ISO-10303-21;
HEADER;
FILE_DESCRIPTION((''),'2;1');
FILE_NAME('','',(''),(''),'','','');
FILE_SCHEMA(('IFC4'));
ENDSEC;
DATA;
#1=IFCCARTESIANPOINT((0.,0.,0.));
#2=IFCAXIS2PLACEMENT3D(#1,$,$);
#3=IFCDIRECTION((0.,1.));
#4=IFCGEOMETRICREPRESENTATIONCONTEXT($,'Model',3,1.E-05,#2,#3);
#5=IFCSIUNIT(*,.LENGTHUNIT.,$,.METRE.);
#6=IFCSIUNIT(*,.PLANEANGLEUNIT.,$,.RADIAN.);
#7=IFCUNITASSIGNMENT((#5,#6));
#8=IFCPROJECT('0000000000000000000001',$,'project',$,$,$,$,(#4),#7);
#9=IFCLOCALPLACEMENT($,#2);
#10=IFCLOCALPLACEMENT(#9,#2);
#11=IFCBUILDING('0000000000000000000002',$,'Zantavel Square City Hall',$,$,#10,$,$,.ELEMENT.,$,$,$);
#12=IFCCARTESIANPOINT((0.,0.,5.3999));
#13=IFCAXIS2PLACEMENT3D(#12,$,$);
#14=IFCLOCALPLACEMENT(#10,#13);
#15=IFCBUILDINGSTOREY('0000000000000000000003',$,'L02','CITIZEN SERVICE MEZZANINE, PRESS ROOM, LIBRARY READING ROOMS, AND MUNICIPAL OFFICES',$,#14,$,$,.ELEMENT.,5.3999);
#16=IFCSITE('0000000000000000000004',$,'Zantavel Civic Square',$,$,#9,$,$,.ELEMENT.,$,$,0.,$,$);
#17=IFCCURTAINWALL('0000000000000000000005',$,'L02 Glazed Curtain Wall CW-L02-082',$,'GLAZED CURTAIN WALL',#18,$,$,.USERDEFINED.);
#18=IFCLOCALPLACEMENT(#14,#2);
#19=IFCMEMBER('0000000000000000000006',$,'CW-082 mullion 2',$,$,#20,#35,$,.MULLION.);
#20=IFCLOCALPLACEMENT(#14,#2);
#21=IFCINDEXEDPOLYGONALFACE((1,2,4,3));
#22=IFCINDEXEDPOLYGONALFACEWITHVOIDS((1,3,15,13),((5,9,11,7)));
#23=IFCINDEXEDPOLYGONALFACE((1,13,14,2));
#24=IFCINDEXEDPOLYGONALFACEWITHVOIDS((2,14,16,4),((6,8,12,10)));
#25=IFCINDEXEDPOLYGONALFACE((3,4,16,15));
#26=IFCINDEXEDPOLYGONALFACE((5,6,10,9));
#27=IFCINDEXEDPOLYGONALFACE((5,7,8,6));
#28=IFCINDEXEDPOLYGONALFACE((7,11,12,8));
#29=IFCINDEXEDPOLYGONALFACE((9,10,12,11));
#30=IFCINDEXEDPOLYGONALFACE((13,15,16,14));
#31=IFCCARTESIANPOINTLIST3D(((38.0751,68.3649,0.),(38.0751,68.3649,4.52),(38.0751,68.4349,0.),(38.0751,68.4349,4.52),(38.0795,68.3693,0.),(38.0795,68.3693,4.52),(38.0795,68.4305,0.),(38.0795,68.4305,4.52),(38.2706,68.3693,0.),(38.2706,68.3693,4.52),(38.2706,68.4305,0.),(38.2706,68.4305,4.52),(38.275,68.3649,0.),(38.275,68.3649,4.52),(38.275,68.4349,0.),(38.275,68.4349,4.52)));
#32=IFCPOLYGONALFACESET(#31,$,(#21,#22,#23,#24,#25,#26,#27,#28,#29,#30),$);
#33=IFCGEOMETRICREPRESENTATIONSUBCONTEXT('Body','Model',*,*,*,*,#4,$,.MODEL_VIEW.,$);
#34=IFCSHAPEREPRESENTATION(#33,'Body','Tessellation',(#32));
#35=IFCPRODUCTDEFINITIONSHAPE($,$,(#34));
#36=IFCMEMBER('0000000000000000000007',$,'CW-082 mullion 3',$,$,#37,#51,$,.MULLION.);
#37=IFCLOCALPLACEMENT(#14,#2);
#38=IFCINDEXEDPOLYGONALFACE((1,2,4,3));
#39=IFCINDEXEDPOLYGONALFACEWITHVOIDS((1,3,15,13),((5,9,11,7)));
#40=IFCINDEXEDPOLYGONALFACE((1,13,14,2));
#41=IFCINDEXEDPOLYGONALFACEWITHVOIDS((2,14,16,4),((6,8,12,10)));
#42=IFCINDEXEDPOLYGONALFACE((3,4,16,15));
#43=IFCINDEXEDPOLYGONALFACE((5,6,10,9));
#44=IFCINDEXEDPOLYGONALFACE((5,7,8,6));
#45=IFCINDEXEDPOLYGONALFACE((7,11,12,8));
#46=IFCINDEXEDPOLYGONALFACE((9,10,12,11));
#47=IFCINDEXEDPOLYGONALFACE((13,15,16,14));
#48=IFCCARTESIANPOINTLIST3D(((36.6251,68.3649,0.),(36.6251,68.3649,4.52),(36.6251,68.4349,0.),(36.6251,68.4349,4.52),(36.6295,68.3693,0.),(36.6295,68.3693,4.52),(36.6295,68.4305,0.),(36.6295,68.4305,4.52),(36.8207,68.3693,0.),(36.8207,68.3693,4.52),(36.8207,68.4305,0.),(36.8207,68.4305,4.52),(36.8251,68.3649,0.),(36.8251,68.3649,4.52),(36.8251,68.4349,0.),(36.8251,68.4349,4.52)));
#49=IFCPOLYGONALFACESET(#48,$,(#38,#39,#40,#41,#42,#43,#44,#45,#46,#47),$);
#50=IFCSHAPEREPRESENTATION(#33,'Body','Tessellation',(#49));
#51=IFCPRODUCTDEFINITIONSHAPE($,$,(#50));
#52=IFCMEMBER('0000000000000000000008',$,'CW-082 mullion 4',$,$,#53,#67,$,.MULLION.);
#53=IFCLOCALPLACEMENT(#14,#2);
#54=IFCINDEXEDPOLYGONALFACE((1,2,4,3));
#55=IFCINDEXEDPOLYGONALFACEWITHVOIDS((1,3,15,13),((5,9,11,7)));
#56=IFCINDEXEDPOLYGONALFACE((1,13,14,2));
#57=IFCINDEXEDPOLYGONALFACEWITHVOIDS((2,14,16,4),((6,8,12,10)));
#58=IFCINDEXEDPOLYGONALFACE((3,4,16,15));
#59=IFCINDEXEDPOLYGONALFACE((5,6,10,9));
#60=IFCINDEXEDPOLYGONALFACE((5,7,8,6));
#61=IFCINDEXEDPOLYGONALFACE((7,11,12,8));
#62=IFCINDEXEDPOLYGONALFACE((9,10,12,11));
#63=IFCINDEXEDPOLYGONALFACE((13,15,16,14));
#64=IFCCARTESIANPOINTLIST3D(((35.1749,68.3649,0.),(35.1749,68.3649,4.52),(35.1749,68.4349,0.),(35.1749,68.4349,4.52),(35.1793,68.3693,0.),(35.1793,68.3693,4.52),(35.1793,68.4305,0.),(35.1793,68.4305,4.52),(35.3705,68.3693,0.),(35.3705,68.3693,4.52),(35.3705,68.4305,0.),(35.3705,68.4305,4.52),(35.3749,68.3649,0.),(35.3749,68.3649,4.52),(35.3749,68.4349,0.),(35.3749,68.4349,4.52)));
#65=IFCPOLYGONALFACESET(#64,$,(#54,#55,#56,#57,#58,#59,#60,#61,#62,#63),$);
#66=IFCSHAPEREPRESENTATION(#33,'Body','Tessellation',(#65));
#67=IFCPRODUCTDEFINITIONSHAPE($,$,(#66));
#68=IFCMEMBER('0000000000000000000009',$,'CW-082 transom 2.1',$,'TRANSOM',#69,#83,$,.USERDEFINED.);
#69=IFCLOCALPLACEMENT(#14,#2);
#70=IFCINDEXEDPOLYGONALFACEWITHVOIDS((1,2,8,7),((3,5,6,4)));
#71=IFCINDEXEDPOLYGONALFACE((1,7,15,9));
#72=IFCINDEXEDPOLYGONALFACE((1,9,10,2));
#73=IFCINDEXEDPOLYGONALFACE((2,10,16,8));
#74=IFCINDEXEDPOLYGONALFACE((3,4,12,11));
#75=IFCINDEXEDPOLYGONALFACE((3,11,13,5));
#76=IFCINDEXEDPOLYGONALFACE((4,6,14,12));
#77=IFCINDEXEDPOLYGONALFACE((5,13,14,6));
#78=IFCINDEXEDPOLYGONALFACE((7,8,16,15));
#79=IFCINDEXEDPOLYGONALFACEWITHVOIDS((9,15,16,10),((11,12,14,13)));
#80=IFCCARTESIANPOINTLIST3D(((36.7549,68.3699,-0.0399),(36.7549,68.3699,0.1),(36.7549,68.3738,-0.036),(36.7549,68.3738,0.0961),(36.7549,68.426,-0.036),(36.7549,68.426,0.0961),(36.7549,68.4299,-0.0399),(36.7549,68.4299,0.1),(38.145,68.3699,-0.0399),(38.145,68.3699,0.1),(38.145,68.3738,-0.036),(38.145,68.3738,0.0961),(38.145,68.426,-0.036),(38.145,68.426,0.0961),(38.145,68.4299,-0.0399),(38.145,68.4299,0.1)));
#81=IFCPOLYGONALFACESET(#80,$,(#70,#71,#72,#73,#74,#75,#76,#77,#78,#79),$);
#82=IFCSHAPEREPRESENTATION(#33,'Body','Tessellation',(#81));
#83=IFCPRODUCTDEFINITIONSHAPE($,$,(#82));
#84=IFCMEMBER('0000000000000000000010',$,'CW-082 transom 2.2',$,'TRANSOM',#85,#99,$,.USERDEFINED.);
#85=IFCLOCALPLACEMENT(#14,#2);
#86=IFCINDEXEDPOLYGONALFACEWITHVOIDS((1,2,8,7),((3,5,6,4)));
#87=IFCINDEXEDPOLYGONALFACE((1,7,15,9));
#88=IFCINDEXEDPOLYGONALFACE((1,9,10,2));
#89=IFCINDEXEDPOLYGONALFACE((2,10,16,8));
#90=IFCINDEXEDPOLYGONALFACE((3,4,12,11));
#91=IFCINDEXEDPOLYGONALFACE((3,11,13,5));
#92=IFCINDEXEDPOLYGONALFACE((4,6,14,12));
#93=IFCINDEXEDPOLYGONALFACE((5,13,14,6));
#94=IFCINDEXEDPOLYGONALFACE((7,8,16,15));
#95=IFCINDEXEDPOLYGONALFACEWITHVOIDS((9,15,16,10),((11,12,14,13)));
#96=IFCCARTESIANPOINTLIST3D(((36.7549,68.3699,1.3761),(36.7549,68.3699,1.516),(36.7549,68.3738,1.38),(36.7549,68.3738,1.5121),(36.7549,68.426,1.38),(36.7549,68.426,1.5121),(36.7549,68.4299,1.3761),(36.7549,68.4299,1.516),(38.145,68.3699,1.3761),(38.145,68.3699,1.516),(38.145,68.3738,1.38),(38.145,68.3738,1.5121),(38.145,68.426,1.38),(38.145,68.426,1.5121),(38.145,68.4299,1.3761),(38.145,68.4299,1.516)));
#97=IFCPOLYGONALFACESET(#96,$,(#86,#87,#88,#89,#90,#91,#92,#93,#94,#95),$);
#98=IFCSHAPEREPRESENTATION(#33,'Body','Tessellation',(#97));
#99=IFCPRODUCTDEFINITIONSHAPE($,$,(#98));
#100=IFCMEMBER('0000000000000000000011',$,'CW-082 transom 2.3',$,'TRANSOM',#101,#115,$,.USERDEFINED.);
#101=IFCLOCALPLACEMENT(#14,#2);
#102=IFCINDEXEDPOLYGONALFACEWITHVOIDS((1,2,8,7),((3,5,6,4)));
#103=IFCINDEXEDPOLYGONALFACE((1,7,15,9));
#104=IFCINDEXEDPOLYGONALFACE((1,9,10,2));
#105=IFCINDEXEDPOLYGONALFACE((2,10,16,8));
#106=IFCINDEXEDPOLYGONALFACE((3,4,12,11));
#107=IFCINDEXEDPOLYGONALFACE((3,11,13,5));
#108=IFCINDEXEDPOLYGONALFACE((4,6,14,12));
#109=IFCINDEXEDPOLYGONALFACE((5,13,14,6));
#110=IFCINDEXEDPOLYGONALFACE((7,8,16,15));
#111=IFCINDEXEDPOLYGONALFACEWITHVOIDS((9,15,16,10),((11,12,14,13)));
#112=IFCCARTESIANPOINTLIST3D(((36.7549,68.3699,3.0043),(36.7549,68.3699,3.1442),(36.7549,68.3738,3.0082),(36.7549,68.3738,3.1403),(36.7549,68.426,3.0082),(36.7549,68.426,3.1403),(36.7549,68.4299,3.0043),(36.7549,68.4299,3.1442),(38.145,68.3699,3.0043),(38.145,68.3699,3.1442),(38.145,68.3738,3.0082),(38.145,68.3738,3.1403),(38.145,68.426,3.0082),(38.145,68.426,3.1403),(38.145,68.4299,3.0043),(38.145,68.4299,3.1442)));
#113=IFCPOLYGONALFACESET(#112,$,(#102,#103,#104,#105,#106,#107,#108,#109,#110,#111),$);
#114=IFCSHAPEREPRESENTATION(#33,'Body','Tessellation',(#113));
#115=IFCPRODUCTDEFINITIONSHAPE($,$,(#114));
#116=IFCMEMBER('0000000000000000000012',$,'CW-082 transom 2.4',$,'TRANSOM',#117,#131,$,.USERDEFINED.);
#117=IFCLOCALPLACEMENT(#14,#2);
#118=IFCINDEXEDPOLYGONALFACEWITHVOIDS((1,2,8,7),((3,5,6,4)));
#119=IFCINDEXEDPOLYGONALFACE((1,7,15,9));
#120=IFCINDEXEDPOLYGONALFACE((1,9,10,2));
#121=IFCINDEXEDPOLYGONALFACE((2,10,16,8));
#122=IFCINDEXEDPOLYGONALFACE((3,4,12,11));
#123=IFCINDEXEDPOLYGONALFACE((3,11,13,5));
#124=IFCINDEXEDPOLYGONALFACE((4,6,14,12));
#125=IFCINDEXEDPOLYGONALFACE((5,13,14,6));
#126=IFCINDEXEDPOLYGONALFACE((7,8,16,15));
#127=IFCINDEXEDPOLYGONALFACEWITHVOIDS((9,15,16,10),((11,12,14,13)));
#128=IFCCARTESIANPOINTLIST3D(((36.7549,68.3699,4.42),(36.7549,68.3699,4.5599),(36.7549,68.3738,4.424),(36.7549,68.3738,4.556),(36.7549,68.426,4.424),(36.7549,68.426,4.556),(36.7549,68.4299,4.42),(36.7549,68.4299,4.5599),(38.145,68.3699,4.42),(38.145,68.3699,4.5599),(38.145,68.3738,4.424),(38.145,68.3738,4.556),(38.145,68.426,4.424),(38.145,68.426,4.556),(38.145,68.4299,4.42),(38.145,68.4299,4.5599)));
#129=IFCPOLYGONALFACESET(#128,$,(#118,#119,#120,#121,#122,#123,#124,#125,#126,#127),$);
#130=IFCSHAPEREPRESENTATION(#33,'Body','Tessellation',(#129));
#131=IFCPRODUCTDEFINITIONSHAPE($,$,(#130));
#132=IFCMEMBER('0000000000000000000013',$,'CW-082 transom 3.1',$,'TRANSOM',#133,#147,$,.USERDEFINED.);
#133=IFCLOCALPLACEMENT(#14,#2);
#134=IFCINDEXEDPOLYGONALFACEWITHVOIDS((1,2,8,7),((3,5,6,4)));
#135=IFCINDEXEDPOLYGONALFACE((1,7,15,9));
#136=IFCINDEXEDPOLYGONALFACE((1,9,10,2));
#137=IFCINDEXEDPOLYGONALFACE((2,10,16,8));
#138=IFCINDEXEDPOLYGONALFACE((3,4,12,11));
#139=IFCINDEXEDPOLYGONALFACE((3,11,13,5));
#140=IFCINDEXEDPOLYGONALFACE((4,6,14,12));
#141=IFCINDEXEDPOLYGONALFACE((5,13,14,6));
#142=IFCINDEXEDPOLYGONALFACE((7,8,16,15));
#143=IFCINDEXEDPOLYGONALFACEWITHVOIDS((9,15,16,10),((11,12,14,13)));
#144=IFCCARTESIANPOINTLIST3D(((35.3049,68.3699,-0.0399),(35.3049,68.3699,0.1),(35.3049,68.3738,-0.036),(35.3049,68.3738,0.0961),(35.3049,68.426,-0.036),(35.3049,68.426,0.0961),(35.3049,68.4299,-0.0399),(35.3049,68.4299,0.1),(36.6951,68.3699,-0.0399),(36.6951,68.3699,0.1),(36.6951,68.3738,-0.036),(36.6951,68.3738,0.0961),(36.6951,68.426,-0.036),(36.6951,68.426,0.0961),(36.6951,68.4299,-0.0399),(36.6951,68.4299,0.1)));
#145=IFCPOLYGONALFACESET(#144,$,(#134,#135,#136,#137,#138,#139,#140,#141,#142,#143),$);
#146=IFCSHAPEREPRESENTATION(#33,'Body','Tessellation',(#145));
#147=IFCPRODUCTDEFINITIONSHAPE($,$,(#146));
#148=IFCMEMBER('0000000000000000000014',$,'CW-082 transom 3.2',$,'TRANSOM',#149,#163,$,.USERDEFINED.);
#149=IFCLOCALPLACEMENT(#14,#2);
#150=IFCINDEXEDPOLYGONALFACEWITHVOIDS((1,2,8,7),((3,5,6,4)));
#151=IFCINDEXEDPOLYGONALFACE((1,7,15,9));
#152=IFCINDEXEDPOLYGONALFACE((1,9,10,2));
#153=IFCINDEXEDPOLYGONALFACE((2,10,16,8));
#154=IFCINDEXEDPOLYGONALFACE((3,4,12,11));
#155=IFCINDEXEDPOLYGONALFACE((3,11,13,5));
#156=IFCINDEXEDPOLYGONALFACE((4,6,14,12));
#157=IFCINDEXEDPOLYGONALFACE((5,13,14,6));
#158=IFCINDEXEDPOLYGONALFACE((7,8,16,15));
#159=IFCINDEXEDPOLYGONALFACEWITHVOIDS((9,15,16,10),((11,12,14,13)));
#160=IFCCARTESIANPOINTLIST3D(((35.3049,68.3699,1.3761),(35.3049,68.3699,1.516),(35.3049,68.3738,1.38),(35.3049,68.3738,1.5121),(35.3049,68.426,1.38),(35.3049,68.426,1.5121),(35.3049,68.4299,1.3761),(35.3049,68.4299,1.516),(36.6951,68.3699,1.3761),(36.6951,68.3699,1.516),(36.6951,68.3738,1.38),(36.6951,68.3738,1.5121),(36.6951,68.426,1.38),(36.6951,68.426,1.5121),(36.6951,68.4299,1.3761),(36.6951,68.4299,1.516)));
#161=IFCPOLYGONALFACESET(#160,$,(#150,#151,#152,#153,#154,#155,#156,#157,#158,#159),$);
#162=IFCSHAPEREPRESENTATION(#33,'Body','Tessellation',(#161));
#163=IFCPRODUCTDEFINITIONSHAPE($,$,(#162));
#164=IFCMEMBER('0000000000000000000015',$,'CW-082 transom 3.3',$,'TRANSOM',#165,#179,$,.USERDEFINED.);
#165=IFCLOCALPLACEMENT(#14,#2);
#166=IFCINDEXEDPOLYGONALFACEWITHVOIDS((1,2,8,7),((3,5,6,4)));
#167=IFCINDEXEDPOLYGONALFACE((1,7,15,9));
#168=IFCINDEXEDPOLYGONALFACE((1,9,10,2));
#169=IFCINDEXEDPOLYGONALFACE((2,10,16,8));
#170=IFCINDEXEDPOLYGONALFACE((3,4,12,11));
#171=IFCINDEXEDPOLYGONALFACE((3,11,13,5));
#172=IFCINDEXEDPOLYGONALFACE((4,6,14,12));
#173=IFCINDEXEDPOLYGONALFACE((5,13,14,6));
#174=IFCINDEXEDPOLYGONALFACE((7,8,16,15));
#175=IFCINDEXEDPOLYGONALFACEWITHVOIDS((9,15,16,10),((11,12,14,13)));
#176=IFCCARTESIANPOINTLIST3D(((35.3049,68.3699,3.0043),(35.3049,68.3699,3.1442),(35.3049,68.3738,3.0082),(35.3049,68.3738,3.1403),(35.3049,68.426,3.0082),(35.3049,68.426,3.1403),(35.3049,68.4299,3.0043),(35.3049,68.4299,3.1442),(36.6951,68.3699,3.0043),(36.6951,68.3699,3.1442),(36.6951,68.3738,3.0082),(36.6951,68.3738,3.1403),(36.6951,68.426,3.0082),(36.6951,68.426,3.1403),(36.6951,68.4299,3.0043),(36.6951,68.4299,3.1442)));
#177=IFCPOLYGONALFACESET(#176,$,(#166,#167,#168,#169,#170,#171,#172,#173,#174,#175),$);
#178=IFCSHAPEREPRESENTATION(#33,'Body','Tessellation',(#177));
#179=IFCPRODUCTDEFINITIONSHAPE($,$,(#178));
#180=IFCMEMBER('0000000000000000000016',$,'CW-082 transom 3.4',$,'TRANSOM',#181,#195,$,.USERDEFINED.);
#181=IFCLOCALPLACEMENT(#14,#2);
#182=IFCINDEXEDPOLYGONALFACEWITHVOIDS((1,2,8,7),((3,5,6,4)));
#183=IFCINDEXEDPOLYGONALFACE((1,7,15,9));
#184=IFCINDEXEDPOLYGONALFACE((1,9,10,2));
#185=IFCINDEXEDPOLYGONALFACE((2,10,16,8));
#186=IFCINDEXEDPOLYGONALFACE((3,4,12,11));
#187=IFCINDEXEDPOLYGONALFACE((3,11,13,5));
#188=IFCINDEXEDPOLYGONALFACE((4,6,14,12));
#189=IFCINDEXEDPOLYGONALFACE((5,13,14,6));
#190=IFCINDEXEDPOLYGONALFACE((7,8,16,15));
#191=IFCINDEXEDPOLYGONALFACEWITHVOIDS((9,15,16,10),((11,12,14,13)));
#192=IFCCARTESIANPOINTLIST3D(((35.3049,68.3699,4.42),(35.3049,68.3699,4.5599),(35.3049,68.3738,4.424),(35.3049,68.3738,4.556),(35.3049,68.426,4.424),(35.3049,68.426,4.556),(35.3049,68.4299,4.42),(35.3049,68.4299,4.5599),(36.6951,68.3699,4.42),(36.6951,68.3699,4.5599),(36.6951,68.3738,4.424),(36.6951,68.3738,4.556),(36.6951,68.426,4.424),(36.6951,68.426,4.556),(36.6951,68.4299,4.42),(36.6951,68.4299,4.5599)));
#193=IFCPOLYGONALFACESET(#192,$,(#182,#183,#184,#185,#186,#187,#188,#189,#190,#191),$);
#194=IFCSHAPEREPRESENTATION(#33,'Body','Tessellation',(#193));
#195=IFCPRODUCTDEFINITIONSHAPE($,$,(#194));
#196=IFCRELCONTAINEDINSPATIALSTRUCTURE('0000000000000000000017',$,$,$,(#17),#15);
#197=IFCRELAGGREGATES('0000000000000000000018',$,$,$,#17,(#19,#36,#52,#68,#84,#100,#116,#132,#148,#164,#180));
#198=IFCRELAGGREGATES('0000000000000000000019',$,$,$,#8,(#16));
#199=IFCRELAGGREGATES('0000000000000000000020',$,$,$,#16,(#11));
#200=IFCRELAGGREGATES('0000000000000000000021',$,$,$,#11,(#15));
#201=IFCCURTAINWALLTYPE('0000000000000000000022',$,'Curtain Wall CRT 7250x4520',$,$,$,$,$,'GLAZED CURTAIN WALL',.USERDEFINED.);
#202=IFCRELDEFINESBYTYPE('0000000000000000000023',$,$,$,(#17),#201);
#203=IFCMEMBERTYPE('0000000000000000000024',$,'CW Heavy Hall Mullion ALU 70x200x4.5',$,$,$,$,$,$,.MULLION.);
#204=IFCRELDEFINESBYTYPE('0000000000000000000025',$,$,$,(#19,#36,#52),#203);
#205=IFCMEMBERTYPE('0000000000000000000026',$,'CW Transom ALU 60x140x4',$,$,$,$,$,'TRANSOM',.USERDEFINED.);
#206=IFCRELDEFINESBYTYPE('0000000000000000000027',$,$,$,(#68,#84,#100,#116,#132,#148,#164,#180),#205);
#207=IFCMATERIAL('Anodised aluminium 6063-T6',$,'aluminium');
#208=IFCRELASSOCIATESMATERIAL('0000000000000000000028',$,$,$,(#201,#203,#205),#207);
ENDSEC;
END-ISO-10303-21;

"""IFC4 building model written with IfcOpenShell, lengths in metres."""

from ifc_helpers import new_model, si_unit, direction, frame, origin, origin_2d, place, context, subcontext, project, spatial, hollow_rectangle, extrude, material, material_profile, profile_set, type_object, element, aggregate, save


model = new_model("IFC4")

# Units and contexts
model_context = context("Model", 3, precision=1e-05, world=origin(), true_north=direction((0.0, 1.0)))
body_context = subcontext(model_context, "Body", "Model", "MODEL_VIEW")
ifc_project = project(units=[si_unit("LENGTHUNIT", "METRE"), si_unit("PLANEANGLEUNIT", "RADIAN")], contexts=[model_context])

# Site, building, storey
site_placement = place(None, origin())
site = spatial("IfcSite", under=ifc_project, at=site_placement, Name="Zantavel Civic Square", CompositionType="ELEMENT", RefElevation=0.0)
building_placement = place(site_placement, origin())
building = spatial("IfcBuilding", under=site, at=building_placement, Name="Zantavel Square City Hall", CompositionType="ELEMENT")
storey_placement = place(building_placement, frame((0.0, 0.0, 5.3999)))
storey = spatial("IfcBuildingStorey", under=building, at=storey_placement, Name="L02", Description="CITIZEN SERVICE MEZZANINE, PRESS ROOM, LIBRARY READING ROOMS, AND MUNICIPAL OFFICES", CompositionType="ELEMENT", Elevation=5.3999)

# Curtain wall, members
ifc_material_1 = material(Name="Anodised aluminium 6063-T6", Category="aluminium")
curtain_wall_type = type_object("IfcCurtainWallType", Name="Curtain Wall CRT 7250x4520", ElementType="GLAZED CURTAIN WALL", PredefinedType="USERDEFINED", material=ifc_material_1)
curtain_wall_placement = place(storey_placement, origin())
curtain_wall = element("IfcCurtainWall", 1, at=curtain_wall_placement, inside=storey, type_object=curtain_wall_type, Name="L02 Glazed Curtain Wall CW-L02-082", ObjectType="GLAZED CURTAIN WALL", PredefinedType="USERDEFINED")
ifc_material_profile_1 = material_profile(ifc_material_1, hollow_rectangle(XDim=0.0701, YDim=0.2, WallThickness=0.0044, at=origin_2d()), Name="ALU 70x200x4.5")
ifc_profile_set_1 = profile_set([ifc_material_profile_1], Name="Anodised aluminium 6063-T6")
member_type_1 = type_object("IfcMemberType", Name="CW Heavy Hall Mullion ALU 70x200x4.5", PredefinedType="MULLION", material=ifc_profile_set_1)
member_1_placement = place(storey_placement, frame((38.175, 68.3999, 0.0), z_axis=(0.0, 0.0, 1.0), x_axis=(0.0, -1.0, 0.0)))
member_1 = element("IfcMember", 2, at=member_1_placement, type_object=member_type_1, Name="CW-082 mullion 2", PredefinedType="MULLION", context=body_context, shape_type="SweptSolid", body=[
    extrude(hollow_rectangle(XDim=0.0701, YDim=0.2, WallThickness=0.0044, at=origin_2d()), origin(), (0.0, 0.0, 1.0), 4.52),
])
member_2_placement = place(storey_placement, frame((36.7251, 68.3999, 0.0), z_axis=(0.0, 0.0, 1.0), x_axis=(0.0, -1.0, 0.0)))
member_2 = element("IfcMember", 3, at=member_2_placement, type_object=member_type_1, Name="CW-082 mullion 3", PredefinedType="MULLION", context=body_context, shape_type="SweptSolid", body=[
    extrude(hollow_rectangle(XDim=0.0701, YDim=0.2, WallThickness=0.0044, at=origin_2d()), origin(), (0.0, 0.0, 1.0), 4.52),
])
member_3_placement = place(storey_placement, frame((35.2749, 68.3999, 0.0), z_axis=(0.0, 0.0, 1.0), x_axis=(0.0, -1.0, 0.0)))
member_3 = element("IfcMember", 4, at=member_3_placement, type_object=member_type_1, Name="CW-082 mullion 4", PredefinedType="MULLION", context=body_context, shape_type="SweptSolid", body=[
    extrude(hollow_rectangle(XDim=0.0701, YDim=0.2, WallThickness=0.0044, at=origin_2d()), origin(), (0.0, 0.0, 1.0), 4.52),
])
ifc_material_profile_2 = material_profile(ifc_material_1, hollow_rectangle(XDim=0.0601, YDim=0.1399, WallThickness=0.0039, at=origin_2d()), Name="ALU 60x140x4")
ifc_profile_set_2 = profile_set([ifc_material_profile_2], Name="Anodised aluminium 6063-T6")
member_type_2 = type_object("IfcMemberType", Name="CW Transom ALU 60x140x4", ElementType="TRANSOM", PredefinedType="USERDEFINED", material=ifc_profile_set_2)
member_4_placement = place(storey_placement, frame((38.145, 68.3999, 0.03), z_axis=(-1.0, 0.0, 0.0), x_axis=(0.0, -1.0, 0.0)))
member_4 = element("IfcMember", 5, at=member_4_placement, type_object=member_type_2, Name="CW-082 transom 2.1", ObjectType="TRANSOM", PredefinedType="USERDEFINED", context=body_context, shape_type="SweptSolid", body=[
    extrude(hollow_rectangle(XDim=0.0601, YDim=0.1399, WallThickness=0.0039, at=origin_2d()), origin(), (0.0, 0.0, 1.0), 1.3901),
])
member_5_placement = place(storey_placement, frame((38.145, 68.3999, 1.446), z_axis=(-1.0, 0.0, 0.0), x_axis=(0.0, -1.0, 0.0)))
member_5 = element("IfcMember", 6, at=member_5_placement, type_object=member_type_2, Name="CW-082 transom 2.2", ObjectType="TRANSOM", PredefinedType="USERDEFINED", context=body_context, shape_type="SweptSolid", body=[
    extrude(hollow_rectangle(XDim=0.0601, YDim=0.1399, WallThickness=0.0039, at=origin_2d()), origin(), (0.0, 0.0, 1.0), 1.3901),
])
member_6_placement = place(storey_placement, frame((38.145, 68.3999, 3.0742), z_axis=(-1.0, 0.0, 0.0), x_axis=(0.0, -1.0, 0.0)))
member_6 = element("IfcMember", 7, at=member_6_placement, type_object=member_type_2, Name="CW-082 transom 2.3", ObjectType="TRANSOM", PredefinedType="USERDEFINED", context=body_context, shape_type="SweptSolid", body=[
    extrude(hollow_rectangle(XDim=0.0601, YDim=0.1399, WallThickness=0.0039, at=origin_2d()), origin(), (0.0, 0.0, 1.0), 1.3901),
])
member_7_placement = place(storey_placement, frame((38.145, 68.3999, 4.49), z_axis=(-1.0, 0.0, 0.0), x_axis=(0.0, -1.0, 0.0)))
member_7 = element("IfcMember", 8, at=member_7_placement, type_object=member_type_2, Name="CW-082 transom 2.4", ObjectType="TRANSOM", PredefinedType="USERDEFINED", context=body_context, shape_type="SweptSolid", body=[
    extrude(hollow_rectangle(XDim=0.0601, YDim=0.1399, WallThickness=0.0039, at=origin_2d()), origin(), (0.0, 0.0, 1.0), 1.3901),
])
member_8_placement = place(storey_placement, frame((36.6951, 68.3999, 0.03), z_axis=(-1.0, 0.0, 0.0), x_axis=(0.0, -1.0, 0.0)))
member_8 = element("IfcMember", 9, at=member_8_placement, type_object=member_type_2, Name="CW-082 transom 3.1", ObjectType="TRANSOM", PredefinedType="USERDEFINED", context=body_context, shape_type="SweptSolid", body=[
    extrude(hollow_rectangle(XDim=0.0601, YDim=0.1399, WallThickness=0.0039, at=origin_2d()), origin(), (0.0, 0.0, 1.0), 1.3901),
])
member_9_placement = place(storey_placement, frame((36.6951, 68.3999, 1.446), z_axis=(-1.0, 0.0, 0.0), x_axis=(0.0, -1.0, 0.0)))
member_9 = element("IfcMember", 10, at=member_9_placement, type_object=member_type_2, Name="CW-082 transom 3.2", ObjectType="TRANSOM", PredefinedType="USERDEFINED", context=body_context, shape_type="SweptSolid", body=[
    extrude(hollow_rectangle(XDim=0.0601, YDim=0.1399, WallThickness=0.0039, at=origin_2d()), origin(), (0.0, 0.0, 1.0), 1.3901),
])
member_10_placement = place(storey_placement, frame((36.6951, 68.3999, 3.0742), z_axis=(-1.0, 0.0, 0.0), x_axis=(0.0, -1.0, 0.0)))
member_10 = element("IfcMember", 11, at=member_10_placement, type_object=member_type_2, Name="CW-082 transom 3.3", ObjectType="TRANSOM", PredefinedType="USERDEFINED", context=body_context, shape_type="SweptSolid", body=[
    extrude(hollow_rectangle(XDim=0.0601, YDim=0.1399, WallThickness=0.0039, at=origin_2d()), origin(), (0.0, 0.0, 1.0), 1.3901),
])
member_11_placement = place(storey_placement, frame((36.6951, 68.3999, 4.49), z_axis=(-1.0, 0.0, 0.0), x_axis=(0.0, -1.0, 0.0)))
member_11 = element("IfcMember", 12, at=member_11_placement, type_object=member_type_2, Name="CW-082 transom 3.4", ObjectType="TRANSOM", PredefinedType="USERDEFINED", context=body_context, shape_type="SweptSolid", body=[
    extrude(hollow_rectangle(XDim=0.0601, YDim=0.1399, WallThickness=0.0039, at=origin_2d()), origin(), (0.0, 0.0, 1.0), 1.3901),
])
aggregate(curtain_wall, [member_1, member_2, member_3, member_4, member_5, member_6, member_7, member_8, member_9, member_10, member_11])

save(model, "model.ifc")
